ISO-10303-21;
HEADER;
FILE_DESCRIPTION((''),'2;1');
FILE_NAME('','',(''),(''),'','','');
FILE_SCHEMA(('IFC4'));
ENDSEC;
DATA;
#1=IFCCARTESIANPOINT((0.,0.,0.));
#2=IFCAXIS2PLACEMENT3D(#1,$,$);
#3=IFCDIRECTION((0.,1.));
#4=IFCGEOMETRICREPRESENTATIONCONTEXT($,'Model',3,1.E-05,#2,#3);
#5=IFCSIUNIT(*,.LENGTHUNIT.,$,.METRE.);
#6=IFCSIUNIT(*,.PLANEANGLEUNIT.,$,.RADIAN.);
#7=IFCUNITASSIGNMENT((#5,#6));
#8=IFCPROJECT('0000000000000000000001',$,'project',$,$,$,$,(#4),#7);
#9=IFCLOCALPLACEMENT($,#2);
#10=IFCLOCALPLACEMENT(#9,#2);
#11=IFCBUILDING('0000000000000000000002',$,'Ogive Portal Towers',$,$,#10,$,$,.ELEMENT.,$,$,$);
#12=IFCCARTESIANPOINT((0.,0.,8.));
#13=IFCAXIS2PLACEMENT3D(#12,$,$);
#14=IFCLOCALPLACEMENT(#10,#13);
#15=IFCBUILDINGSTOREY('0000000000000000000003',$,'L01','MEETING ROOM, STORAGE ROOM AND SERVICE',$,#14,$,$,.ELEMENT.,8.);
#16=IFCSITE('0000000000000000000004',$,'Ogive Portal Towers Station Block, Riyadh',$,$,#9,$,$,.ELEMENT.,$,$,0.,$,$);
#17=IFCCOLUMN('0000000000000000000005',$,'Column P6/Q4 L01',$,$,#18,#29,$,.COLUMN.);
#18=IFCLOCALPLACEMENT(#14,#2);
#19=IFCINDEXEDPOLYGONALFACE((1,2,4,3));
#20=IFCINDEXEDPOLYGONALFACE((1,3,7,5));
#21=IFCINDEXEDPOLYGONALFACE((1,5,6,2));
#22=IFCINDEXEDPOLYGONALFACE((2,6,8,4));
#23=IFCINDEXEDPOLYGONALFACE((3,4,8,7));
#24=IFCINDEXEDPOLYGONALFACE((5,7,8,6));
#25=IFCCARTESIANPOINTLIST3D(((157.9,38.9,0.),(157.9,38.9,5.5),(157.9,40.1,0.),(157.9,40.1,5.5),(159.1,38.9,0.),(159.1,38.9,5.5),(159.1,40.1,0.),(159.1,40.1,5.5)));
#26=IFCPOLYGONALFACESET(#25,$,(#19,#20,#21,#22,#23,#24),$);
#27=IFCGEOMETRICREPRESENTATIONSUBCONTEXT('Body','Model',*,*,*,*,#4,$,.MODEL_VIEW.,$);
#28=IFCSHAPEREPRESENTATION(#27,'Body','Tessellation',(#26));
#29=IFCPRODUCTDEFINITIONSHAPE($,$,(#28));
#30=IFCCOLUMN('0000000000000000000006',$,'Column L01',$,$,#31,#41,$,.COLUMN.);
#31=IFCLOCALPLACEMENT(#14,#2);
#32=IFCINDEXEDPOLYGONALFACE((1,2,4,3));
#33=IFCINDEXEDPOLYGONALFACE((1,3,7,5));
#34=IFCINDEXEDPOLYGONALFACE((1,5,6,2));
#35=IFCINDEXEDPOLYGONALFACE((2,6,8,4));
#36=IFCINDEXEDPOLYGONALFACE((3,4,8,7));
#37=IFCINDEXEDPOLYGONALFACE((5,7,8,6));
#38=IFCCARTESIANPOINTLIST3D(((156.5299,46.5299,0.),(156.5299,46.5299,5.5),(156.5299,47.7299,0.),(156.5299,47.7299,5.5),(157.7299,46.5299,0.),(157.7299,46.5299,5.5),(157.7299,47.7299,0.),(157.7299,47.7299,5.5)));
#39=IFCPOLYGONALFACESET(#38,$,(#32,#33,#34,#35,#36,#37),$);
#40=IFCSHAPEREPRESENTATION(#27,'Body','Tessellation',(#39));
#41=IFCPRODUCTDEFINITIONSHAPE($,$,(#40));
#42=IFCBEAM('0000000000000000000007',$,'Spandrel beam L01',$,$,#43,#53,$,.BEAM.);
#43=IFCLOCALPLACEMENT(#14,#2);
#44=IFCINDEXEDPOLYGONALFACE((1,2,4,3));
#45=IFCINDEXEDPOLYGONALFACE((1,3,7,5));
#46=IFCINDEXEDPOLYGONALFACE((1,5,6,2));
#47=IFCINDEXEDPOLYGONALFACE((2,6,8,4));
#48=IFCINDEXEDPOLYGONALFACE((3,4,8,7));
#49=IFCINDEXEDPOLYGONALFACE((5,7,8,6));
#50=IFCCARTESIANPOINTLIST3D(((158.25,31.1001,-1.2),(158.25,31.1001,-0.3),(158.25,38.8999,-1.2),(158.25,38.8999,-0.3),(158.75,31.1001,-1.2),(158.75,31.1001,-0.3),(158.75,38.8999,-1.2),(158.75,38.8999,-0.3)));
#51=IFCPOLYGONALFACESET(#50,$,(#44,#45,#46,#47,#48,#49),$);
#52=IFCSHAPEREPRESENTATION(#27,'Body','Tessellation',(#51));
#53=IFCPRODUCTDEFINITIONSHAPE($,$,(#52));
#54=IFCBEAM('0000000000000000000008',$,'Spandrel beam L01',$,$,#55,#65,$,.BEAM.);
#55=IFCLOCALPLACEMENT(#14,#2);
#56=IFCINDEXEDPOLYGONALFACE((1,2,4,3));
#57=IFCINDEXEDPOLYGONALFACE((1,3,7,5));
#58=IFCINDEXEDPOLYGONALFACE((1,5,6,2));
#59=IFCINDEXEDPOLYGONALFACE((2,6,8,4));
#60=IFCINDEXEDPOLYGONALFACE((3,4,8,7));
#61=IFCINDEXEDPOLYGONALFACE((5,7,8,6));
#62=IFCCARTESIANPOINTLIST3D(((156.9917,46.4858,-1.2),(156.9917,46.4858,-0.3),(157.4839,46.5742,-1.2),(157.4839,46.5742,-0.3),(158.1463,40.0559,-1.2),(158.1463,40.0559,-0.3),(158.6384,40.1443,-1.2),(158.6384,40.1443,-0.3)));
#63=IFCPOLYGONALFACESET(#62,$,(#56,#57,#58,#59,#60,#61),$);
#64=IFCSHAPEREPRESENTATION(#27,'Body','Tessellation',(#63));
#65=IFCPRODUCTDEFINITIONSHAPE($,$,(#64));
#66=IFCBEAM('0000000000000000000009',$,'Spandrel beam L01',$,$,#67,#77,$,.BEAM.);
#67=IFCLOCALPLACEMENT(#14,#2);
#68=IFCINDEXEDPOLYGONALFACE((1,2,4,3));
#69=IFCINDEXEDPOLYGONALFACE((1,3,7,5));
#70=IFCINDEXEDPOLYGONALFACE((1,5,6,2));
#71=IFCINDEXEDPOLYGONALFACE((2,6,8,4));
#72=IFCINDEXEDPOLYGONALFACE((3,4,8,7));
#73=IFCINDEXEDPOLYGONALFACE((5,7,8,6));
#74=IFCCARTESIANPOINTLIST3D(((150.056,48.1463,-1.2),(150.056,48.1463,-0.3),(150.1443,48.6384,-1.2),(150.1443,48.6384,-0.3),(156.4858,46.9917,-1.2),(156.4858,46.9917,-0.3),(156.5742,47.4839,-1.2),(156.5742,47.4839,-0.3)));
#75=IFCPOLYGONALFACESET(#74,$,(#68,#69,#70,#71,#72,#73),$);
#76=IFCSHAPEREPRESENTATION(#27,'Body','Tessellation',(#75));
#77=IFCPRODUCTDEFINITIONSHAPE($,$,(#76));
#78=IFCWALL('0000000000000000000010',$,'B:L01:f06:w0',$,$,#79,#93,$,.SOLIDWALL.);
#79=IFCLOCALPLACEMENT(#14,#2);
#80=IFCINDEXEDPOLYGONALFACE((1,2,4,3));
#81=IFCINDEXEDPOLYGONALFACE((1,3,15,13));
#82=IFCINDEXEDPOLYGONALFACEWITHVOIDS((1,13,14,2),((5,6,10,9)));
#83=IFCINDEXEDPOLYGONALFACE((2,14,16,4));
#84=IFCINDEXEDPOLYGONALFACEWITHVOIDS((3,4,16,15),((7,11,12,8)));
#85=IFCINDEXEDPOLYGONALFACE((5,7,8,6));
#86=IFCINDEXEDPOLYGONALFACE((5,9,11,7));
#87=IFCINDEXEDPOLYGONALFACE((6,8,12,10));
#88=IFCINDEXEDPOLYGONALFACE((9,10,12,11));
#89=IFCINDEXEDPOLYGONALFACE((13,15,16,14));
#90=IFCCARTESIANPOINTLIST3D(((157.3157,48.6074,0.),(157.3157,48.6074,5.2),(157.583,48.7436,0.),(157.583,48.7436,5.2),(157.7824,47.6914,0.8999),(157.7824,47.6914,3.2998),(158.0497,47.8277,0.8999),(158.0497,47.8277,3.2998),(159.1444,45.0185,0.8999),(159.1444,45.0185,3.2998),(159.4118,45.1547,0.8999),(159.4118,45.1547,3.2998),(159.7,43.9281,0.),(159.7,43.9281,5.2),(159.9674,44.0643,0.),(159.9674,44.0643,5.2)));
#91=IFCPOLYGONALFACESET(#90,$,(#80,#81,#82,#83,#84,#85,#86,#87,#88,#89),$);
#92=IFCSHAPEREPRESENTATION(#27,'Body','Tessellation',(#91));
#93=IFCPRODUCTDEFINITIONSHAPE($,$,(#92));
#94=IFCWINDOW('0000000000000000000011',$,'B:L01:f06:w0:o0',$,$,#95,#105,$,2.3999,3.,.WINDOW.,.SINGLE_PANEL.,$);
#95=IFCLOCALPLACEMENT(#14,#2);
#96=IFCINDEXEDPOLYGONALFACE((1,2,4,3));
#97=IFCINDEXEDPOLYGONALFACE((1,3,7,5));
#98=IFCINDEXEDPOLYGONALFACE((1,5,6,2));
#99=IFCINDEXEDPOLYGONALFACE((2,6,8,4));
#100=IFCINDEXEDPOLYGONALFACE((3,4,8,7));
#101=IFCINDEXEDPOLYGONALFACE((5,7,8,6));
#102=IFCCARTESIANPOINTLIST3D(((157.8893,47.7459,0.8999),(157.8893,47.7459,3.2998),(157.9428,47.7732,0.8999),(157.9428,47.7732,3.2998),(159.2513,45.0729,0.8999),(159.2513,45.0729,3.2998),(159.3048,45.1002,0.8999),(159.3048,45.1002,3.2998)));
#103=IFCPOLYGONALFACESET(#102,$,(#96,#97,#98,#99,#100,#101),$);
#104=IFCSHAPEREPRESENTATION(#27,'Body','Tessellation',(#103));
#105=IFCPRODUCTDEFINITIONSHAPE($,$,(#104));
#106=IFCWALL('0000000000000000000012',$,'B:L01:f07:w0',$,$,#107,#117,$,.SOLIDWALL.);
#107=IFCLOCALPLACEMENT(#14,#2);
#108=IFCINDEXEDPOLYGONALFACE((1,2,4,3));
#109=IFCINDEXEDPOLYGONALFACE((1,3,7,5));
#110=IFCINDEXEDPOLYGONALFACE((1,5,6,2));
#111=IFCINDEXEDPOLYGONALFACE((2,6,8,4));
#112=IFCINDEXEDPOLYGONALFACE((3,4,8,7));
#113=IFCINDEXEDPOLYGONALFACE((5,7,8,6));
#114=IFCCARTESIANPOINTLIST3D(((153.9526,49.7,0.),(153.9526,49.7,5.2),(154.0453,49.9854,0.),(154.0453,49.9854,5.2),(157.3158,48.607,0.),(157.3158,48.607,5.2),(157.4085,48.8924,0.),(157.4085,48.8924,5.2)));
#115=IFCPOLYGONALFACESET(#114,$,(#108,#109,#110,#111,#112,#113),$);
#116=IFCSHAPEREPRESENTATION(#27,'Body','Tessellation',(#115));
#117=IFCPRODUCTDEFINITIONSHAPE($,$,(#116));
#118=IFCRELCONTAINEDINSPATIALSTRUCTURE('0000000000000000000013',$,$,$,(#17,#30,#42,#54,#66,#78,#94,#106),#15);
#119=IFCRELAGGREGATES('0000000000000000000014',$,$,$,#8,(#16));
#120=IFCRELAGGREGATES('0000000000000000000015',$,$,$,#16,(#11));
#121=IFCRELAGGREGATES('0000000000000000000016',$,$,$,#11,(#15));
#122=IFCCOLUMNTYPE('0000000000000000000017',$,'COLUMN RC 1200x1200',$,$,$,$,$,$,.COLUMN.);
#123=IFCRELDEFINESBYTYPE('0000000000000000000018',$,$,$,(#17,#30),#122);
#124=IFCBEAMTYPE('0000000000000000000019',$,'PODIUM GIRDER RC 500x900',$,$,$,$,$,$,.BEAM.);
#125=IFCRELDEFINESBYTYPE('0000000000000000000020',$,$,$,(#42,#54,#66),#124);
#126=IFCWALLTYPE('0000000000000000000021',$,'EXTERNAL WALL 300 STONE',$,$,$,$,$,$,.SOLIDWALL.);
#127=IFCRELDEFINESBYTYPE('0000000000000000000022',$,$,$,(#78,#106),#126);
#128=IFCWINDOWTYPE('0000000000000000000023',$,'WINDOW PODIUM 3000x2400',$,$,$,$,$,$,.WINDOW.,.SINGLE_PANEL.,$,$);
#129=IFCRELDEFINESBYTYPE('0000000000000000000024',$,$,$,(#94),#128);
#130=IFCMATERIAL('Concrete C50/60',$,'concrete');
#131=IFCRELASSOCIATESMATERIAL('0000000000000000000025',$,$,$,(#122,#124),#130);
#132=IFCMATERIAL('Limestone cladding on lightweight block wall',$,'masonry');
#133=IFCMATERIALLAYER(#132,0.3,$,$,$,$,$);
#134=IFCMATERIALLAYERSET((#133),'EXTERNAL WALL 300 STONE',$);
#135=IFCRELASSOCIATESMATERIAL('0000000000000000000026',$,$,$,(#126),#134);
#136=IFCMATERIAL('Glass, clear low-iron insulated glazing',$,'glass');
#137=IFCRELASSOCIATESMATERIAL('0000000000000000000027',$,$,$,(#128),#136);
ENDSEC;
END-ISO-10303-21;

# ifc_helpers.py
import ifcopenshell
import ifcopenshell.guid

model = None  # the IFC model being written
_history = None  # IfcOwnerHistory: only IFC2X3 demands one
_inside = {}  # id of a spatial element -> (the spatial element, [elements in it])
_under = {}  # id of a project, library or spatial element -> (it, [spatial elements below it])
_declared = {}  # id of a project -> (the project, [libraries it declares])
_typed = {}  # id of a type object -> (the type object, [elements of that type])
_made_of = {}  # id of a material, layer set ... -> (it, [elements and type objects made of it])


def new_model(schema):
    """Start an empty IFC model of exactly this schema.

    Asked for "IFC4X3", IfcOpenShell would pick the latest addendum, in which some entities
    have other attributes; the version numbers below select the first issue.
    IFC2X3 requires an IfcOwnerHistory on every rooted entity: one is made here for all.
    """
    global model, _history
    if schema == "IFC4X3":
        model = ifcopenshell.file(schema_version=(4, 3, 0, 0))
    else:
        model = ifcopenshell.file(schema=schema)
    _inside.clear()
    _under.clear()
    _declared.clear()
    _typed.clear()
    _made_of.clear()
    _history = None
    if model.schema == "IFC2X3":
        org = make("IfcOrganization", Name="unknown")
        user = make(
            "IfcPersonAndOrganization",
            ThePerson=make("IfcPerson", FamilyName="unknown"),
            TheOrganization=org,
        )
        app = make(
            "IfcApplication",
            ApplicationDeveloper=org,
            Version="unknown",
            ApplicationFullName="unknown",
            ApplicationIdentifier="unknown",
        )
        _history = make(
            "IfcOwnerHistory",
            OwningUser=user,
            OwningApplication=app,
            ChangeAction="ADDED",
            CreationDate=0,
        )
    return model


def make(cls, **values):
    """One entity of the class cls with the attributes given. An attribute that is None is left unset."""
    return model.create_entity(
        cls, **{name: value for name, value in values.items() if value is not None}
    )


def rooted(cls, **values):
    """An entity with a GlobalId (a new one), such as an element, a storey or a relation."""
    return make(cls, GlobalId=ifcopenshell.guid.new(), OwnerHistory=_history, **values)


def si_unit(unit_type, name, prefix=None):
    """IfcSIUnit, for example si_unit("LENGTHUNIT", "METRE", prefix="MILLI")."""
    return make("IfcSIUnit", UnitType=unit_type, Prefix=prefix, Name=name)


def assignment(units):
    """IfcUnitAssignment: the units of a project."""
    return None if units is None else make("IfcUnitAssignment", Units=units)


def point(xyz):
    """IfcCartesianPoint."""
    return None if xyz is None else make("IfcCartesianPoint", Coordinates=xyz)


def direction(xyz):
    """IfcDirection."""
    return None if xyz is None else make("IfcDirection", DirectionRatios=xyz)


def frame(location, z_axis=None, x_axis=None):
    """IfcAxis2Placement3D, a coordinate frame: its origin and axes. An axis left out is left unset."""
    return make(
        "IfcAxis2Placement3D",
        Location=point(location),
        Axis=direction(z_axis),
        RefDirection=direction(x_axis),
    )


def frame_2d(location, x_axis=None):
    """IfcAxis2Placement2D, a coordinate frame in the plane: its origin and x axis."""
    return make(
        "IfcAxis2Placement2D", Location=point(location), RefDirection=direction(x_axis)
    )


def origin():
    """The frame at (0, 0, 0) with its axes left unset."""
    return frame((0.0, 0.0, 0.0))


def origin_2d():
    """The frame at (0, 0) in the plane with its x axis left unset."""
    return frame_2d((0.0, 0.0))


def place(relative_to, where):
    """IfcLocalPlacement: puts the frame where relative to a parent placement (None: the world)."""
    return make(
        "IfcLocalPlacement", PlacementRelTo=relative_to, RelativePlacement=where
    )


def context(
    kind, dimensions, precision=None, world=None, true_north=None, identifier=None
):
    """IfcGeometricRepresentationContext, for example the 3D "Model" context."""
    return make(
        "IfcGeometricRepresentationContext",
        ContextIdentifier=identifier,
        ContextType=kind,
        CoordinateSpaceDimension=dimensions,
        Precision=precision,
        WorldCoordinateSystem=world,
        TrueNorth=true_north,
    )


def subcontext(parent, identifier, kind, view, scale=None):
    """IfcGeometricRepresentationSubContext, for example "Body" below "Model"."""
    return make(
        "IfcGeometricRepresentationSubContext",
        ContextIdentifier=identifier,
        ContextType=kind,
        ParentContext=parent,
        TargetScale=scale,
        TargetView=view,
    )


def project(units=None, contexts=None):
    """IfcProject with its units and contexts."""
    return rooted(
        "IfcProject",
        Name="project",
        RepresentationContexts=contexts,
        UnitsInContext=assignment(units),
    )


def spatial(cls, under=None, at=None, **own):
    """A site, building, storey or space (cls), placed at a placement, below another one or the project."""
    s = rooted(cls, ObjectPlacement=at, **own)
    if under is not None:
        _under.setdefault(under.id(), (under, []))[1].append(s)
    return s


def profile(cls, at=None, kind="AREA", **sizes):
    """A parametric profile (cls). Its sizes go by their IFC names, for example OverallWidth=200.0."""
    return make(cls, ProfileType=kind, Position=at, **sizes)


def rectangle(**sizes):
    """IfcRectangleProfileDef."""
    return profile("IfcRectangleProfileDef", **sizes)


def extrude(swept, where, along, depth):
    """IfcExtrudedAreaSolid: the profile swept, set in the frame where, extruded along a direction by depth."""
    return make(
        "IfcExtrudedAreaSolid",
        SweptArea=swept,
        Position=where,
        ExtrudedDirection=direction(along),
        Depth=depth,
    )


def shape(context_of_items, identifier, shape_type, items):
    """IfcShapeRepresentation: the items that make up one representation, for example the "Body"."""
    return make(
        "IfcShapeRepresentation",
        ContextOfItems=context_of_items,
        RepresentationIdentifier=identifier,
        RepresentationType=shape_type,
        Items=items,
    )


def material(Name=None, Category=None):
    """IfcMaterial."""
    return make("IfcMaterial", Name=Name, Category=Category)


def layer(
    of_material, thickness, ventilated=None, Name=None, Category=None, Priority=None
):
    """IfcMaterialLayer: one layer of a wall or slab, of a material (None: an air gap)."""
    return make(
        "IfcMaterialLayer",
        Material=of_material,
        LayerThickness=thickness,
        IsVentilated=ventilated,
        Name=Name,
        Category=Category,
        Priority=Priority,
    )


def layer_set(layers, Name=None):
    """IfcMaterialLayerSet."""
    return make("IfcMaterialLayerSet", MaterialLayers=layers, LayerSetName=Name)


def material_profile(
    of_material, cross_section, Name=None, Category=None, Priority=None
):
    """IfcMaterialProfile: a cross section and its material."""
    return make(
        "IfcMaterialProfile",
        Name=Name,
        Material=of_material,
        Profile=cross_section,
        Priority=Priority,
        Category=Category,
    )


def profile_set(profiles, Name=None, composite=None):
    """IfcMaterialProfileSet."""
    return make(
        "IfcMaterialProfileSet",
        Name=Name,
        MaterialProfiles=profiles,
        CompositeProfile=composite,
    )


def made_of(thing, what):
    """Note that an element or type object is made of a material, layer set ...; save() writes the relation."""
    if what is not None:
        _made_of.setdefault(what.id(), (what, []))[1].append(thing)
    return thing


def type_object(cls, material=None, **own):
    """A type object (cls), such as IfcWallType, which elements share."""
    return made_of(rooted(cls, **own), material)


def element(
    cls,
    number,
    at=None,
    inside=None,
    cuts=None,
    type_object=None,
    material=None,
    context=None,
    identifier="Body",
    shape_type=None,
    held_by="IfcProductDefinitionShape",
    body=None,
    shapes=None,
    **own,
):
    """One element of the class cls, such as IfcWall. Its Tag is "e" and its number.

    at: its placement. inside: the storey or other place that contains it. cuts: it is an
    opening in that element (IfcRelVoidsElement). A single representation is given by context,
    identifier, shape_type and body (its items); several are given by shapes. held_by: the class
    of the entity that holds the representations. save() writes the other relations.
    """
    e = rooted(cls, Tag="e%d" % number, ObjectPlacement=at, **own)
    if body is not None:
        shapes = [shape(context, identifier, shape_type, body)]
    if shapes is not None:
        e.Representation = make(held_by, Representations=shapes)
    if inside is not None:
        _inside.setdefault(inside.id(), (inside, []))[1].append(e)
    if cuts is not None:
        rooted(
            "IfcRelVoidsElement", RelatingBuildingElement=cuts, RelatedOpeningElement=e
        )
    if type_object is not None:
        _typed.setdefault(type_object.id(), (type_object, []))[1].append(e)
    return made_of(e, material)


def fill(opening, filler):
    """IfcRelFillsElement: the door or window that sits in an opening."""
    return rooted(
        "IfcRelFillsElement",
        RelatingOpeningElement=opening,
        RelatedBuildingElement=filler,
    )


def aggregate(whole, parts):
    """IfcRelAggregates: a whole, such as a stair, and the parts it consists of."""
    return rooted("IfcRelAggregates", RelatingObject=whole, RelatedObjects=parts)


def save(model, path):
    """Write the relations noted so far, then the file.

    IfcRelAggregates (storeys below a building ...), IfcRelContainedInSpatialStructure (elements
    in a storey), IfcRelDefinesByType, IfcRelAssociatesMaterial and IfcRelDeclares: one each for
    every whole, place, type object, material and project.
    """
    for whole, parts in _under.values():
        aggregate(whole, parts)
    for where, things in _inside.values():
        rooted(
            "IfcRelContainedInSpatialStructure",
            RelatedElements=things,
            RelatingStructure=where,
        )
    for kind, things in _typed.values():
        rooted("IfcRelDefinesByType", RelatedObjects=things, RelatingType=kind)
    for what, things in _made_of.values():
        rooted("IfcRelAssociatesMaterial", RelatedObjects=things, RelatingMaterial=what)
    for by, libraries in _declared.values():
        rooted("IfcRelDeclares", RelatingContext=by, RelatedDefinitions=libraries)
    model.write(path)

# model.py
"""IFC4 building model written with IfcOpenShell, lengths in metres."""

from ifc_helpers import new_model, si_unit, direction, frame, frame_2d, origin, origin_2d, place, context, subcontext, project, spatial, rectangle, extrude, material, layer, layer_set, material_profile, profile_set, type_object, element, fill, save


model = new_model("IFC4")

# Units and contexts
model_context = context("Model", 3, precision=1e-05, world=origin(), true_north=direction((0.0, 1.0)))
body_context = subcontext(model_context, "Body", "Model", "MODEL_VIEW")
ifc_project = project(units=[si_unit("LENGTHUNIT", "METRE"), si_unit("PLANEANGLEUNIT", "RADIAN")], contexts=[model_context])

# Site, building, storey
site_placement = place(None, origin())
site = spatial("IfcSite", under=ifc_project, at=site_placement, Name="Ogive Portal Towers Station Block, Riyadh", CompositionType="ELEMENT", RefElevation=0.0)
building_placement = place(site_placement, origin())
building = spatial("IfcBuilding", under=site, at=building_placement, Name="Ogive Portal Towers", CompositionType="ELEMENT")
storey_placement = place(building_placement, frame((0.0, 0.0, 8.0)))
storey = spatial("IfcBuildingStorey", under=building, at=storey_placement, Name="L01", Description="MEETING ROOM, STORAGE ROOM AND SERVICE", CompositionType="ELEMENT", Elevation=8.0)

# Columns
ifc_material_1 = material(Name="Concrete C50/60", Category="concrete")
ifc_material_profile_1 = material_profile(ifc_material_1, rectangle(XDim=1.2, YDim=1.2, at=origin_2d()), Name="RC 1200x1200")
ifc_profile_set_1 = profile_set([ifc_material_profile_1], Name="Concrete C50/60")
column_type = type_object("IfcColumnType", Name="COLUMN RC 1200x1200", PredefinedType="COLUMN", material=ifc_profile_set_1)
for number, where, z_axis, x_axis, name in (
    (1, (158.5, 39.5, 0.0), (0.0, 0.0, 1.0), (1.0, 0.0, 0.0), "Column P6/Q4 L01"),
    (2, (157.1299, 47.1299, 0.0), (0.0, 0.0, 1.0), (1.0, 0.0, 0.0), "Column L01"),
):
    element("IfcColumn", number, at=place(storey_placement, frame(where, z_axis=z_axis, x_axis=x_axis)), inside=storey, type_object=column_type, Name=name, PredefinedType="COLUMN", context=body_context, shape_type="SweptSolid", body=[
        extrude(rectangle(XDim=1.2, YDim=1.2, at=origin_2d()), origin(), (0.0, 0.0, 1.0), 5.5),
    ])

# Beams
ifc_material_profile_2 = material_profile(ifc_material_1, rectangle(XDim=0.5, YDim=0.8999, at=origin_2d()), Name="RC 500x900")
ifc_profile_set_2 = profile_set([ifc_material_profile_2], Name="Concrete C50/60")
beam_type = type_object("IfcBeamType", Name="PODIUM GIRDER RC 500x900", PredefinedType="BEAM", material=ifc_profile_set_2)
beam_placement = place(storey_placement, frame((158.5, 31.1001, -0.75), z_axis=(0.0, 1.0, 0.0), x_axis=(-1.0, 0.0, 0.0)))
element("IfcBeam", 3, at=beam_placement, inside=storey, type_object=beam_type, Name="Spandrel beam L01", PredefinedType="BEAM", context=body_context, shape_type="SweptSolid", body=[
    extrude(rectangle(XDim=0.5, YDim=0.8999, at=origin_2d()), origin(), (0.0, 0.0, 1.0), 7.7998),
])
for number, where, z_axis, x_axis, name in (
    (4, (158.3923, 40.1001, -0.75), (-0.176731, 0.984259, 0.0), (-0.984259, -0.176731, 0.0), "Spandrel beam L01"),
    (5, (156.53, 47.2378, -0.75), (-0.984259, 0.176731, 0.0), (-0.176731, -0.984259, 0.0), "Spandrel beam L01"),
):
    element("IfcBeam", number, at=place(storey_placement, frame(where, z_axis=z_axis, x_axis=x_axis)), inside=storey, type_object=beam_type, Name=name, PredefinedType="BEAM", context=body_context, shape_type="SweptSolid", body=[
        extrude(rectangle(XDim=0.5, YDim=0.8999, at=origin_2d()), origin(), (0.0, 0.0, 1.0), 6.5327),
    ])

# Wall, opening, window
ifc_material_2 = material(Name="Limestone cladding on lightweight block wall", Category="masonry")
ifc_layer_1 = layer(ifc_material_2, 0.3)
ifc_layer_set_1 = layer_set([ifc_layer_1], Name="EXTERNAL WALL 300 STONE")
wall_type = type_object("IfcWallType", Name="EXTERNAL WALL 300 STONE", PredefinedType="SOLIDWALL", material=ifc_layer_set_1)
wall_1_placement = place(storey_placement, frame((159.8337, 43.9961, 0.0), z_axis=(0.0, 0.0, 1.0), x_axis=(-0.454007, 0.890998, 0.0)))
wall_1 = element("IfcWall", 6, at=wall_1_placement, inside=storey, type_object=wall_type, Name="B:L01:f06:w0", PredefinedType="SOLIDWALL", context=body_context, shape_type="SweptSolid", body=[
    extrude(rectangle(XDim=5.2517, YDim=0.3, at=frame_2d((2.626, 0.0))), origin(), (0.0, 0.0, 1.0), 5.2),
])
opening_1_placement = place(wall_1_placement, frame((1.2239, 0.0, 0.8999)))
opening_1 = element("IfcOpeningElement", 7, at=opening_1_placement, cuts=wall_1, PredefinedType="OPENING", context=body_context, shape_type="SweptSolid", body=[
    extrude(rectangle(XDim=3.0, YDim=2.3999, at=frame_2d((1.5, 1.2))), frame((0.0, 0.1602, 0.0), z_axis=(0.0, -1.0, 0.0), x_axis=(1.0, 0.0, 0.0)), (0.0, 0.0, 1.0), 0.3201),
])
ifc_material_3 = material(Name="Glass, clear low-iron insulated glazing", Category="glass")
window_type = type_object("IfcWindowType", Name="WINDOW PODIUM 3000x2400", PartitioningType="SINGLE_PANEL", PredefinedType="WINDOW", material=ifc_material_3)
window_1_placement = place(opening_1_placement, origin())
window_1 = element("IfcWindow", 8, at=window_1_placement, inside=storey, type_object=window_type, Name="B:L01:f06:w0:o0", OverallHeight=2.3999, OverallWidth=3.0, PartitioningType="SINGLE_PANEL", PredefinedType="WINDOW", context=body_context, shape_type="SweptSolid", body=[
    extrude(rectangle(XDim=3.0, YDim=2.3999, at=frame_2d((1.5, 1.2))), frame((0.0, 0.03, 0.0), z_axis=(0.0, -1.0, 0.0), x_axis=(1.0, 0.0, 0.0)), (0.0, 0.0, 1.0), 0.0601),
])
fill(opening_1, window_1)

# Wall
wall_2_placement = place(storey_placement, frame((157.3621, 48.7498, 0.0), z_axis=(0.0, 0.0, 1.0), x_axis=(-0.951038, 0.309074, 0.0)))
element("IfcWall", 9, at=wall_2_placement, inside=storey, type_object=wall_type, Name="B:L01:f07:w0", PredefinedType="SOLIDWALL", context=body_context, shape_type="SweptSolid", body=[
    extrude(rectangle(XDim=3.5364, YDim=0.3, at=frame_2d((1.7681, 0.0))), origin(), (0.0, 0.0, 1.0), 5.2),
])

save(model, "model.ifc")
